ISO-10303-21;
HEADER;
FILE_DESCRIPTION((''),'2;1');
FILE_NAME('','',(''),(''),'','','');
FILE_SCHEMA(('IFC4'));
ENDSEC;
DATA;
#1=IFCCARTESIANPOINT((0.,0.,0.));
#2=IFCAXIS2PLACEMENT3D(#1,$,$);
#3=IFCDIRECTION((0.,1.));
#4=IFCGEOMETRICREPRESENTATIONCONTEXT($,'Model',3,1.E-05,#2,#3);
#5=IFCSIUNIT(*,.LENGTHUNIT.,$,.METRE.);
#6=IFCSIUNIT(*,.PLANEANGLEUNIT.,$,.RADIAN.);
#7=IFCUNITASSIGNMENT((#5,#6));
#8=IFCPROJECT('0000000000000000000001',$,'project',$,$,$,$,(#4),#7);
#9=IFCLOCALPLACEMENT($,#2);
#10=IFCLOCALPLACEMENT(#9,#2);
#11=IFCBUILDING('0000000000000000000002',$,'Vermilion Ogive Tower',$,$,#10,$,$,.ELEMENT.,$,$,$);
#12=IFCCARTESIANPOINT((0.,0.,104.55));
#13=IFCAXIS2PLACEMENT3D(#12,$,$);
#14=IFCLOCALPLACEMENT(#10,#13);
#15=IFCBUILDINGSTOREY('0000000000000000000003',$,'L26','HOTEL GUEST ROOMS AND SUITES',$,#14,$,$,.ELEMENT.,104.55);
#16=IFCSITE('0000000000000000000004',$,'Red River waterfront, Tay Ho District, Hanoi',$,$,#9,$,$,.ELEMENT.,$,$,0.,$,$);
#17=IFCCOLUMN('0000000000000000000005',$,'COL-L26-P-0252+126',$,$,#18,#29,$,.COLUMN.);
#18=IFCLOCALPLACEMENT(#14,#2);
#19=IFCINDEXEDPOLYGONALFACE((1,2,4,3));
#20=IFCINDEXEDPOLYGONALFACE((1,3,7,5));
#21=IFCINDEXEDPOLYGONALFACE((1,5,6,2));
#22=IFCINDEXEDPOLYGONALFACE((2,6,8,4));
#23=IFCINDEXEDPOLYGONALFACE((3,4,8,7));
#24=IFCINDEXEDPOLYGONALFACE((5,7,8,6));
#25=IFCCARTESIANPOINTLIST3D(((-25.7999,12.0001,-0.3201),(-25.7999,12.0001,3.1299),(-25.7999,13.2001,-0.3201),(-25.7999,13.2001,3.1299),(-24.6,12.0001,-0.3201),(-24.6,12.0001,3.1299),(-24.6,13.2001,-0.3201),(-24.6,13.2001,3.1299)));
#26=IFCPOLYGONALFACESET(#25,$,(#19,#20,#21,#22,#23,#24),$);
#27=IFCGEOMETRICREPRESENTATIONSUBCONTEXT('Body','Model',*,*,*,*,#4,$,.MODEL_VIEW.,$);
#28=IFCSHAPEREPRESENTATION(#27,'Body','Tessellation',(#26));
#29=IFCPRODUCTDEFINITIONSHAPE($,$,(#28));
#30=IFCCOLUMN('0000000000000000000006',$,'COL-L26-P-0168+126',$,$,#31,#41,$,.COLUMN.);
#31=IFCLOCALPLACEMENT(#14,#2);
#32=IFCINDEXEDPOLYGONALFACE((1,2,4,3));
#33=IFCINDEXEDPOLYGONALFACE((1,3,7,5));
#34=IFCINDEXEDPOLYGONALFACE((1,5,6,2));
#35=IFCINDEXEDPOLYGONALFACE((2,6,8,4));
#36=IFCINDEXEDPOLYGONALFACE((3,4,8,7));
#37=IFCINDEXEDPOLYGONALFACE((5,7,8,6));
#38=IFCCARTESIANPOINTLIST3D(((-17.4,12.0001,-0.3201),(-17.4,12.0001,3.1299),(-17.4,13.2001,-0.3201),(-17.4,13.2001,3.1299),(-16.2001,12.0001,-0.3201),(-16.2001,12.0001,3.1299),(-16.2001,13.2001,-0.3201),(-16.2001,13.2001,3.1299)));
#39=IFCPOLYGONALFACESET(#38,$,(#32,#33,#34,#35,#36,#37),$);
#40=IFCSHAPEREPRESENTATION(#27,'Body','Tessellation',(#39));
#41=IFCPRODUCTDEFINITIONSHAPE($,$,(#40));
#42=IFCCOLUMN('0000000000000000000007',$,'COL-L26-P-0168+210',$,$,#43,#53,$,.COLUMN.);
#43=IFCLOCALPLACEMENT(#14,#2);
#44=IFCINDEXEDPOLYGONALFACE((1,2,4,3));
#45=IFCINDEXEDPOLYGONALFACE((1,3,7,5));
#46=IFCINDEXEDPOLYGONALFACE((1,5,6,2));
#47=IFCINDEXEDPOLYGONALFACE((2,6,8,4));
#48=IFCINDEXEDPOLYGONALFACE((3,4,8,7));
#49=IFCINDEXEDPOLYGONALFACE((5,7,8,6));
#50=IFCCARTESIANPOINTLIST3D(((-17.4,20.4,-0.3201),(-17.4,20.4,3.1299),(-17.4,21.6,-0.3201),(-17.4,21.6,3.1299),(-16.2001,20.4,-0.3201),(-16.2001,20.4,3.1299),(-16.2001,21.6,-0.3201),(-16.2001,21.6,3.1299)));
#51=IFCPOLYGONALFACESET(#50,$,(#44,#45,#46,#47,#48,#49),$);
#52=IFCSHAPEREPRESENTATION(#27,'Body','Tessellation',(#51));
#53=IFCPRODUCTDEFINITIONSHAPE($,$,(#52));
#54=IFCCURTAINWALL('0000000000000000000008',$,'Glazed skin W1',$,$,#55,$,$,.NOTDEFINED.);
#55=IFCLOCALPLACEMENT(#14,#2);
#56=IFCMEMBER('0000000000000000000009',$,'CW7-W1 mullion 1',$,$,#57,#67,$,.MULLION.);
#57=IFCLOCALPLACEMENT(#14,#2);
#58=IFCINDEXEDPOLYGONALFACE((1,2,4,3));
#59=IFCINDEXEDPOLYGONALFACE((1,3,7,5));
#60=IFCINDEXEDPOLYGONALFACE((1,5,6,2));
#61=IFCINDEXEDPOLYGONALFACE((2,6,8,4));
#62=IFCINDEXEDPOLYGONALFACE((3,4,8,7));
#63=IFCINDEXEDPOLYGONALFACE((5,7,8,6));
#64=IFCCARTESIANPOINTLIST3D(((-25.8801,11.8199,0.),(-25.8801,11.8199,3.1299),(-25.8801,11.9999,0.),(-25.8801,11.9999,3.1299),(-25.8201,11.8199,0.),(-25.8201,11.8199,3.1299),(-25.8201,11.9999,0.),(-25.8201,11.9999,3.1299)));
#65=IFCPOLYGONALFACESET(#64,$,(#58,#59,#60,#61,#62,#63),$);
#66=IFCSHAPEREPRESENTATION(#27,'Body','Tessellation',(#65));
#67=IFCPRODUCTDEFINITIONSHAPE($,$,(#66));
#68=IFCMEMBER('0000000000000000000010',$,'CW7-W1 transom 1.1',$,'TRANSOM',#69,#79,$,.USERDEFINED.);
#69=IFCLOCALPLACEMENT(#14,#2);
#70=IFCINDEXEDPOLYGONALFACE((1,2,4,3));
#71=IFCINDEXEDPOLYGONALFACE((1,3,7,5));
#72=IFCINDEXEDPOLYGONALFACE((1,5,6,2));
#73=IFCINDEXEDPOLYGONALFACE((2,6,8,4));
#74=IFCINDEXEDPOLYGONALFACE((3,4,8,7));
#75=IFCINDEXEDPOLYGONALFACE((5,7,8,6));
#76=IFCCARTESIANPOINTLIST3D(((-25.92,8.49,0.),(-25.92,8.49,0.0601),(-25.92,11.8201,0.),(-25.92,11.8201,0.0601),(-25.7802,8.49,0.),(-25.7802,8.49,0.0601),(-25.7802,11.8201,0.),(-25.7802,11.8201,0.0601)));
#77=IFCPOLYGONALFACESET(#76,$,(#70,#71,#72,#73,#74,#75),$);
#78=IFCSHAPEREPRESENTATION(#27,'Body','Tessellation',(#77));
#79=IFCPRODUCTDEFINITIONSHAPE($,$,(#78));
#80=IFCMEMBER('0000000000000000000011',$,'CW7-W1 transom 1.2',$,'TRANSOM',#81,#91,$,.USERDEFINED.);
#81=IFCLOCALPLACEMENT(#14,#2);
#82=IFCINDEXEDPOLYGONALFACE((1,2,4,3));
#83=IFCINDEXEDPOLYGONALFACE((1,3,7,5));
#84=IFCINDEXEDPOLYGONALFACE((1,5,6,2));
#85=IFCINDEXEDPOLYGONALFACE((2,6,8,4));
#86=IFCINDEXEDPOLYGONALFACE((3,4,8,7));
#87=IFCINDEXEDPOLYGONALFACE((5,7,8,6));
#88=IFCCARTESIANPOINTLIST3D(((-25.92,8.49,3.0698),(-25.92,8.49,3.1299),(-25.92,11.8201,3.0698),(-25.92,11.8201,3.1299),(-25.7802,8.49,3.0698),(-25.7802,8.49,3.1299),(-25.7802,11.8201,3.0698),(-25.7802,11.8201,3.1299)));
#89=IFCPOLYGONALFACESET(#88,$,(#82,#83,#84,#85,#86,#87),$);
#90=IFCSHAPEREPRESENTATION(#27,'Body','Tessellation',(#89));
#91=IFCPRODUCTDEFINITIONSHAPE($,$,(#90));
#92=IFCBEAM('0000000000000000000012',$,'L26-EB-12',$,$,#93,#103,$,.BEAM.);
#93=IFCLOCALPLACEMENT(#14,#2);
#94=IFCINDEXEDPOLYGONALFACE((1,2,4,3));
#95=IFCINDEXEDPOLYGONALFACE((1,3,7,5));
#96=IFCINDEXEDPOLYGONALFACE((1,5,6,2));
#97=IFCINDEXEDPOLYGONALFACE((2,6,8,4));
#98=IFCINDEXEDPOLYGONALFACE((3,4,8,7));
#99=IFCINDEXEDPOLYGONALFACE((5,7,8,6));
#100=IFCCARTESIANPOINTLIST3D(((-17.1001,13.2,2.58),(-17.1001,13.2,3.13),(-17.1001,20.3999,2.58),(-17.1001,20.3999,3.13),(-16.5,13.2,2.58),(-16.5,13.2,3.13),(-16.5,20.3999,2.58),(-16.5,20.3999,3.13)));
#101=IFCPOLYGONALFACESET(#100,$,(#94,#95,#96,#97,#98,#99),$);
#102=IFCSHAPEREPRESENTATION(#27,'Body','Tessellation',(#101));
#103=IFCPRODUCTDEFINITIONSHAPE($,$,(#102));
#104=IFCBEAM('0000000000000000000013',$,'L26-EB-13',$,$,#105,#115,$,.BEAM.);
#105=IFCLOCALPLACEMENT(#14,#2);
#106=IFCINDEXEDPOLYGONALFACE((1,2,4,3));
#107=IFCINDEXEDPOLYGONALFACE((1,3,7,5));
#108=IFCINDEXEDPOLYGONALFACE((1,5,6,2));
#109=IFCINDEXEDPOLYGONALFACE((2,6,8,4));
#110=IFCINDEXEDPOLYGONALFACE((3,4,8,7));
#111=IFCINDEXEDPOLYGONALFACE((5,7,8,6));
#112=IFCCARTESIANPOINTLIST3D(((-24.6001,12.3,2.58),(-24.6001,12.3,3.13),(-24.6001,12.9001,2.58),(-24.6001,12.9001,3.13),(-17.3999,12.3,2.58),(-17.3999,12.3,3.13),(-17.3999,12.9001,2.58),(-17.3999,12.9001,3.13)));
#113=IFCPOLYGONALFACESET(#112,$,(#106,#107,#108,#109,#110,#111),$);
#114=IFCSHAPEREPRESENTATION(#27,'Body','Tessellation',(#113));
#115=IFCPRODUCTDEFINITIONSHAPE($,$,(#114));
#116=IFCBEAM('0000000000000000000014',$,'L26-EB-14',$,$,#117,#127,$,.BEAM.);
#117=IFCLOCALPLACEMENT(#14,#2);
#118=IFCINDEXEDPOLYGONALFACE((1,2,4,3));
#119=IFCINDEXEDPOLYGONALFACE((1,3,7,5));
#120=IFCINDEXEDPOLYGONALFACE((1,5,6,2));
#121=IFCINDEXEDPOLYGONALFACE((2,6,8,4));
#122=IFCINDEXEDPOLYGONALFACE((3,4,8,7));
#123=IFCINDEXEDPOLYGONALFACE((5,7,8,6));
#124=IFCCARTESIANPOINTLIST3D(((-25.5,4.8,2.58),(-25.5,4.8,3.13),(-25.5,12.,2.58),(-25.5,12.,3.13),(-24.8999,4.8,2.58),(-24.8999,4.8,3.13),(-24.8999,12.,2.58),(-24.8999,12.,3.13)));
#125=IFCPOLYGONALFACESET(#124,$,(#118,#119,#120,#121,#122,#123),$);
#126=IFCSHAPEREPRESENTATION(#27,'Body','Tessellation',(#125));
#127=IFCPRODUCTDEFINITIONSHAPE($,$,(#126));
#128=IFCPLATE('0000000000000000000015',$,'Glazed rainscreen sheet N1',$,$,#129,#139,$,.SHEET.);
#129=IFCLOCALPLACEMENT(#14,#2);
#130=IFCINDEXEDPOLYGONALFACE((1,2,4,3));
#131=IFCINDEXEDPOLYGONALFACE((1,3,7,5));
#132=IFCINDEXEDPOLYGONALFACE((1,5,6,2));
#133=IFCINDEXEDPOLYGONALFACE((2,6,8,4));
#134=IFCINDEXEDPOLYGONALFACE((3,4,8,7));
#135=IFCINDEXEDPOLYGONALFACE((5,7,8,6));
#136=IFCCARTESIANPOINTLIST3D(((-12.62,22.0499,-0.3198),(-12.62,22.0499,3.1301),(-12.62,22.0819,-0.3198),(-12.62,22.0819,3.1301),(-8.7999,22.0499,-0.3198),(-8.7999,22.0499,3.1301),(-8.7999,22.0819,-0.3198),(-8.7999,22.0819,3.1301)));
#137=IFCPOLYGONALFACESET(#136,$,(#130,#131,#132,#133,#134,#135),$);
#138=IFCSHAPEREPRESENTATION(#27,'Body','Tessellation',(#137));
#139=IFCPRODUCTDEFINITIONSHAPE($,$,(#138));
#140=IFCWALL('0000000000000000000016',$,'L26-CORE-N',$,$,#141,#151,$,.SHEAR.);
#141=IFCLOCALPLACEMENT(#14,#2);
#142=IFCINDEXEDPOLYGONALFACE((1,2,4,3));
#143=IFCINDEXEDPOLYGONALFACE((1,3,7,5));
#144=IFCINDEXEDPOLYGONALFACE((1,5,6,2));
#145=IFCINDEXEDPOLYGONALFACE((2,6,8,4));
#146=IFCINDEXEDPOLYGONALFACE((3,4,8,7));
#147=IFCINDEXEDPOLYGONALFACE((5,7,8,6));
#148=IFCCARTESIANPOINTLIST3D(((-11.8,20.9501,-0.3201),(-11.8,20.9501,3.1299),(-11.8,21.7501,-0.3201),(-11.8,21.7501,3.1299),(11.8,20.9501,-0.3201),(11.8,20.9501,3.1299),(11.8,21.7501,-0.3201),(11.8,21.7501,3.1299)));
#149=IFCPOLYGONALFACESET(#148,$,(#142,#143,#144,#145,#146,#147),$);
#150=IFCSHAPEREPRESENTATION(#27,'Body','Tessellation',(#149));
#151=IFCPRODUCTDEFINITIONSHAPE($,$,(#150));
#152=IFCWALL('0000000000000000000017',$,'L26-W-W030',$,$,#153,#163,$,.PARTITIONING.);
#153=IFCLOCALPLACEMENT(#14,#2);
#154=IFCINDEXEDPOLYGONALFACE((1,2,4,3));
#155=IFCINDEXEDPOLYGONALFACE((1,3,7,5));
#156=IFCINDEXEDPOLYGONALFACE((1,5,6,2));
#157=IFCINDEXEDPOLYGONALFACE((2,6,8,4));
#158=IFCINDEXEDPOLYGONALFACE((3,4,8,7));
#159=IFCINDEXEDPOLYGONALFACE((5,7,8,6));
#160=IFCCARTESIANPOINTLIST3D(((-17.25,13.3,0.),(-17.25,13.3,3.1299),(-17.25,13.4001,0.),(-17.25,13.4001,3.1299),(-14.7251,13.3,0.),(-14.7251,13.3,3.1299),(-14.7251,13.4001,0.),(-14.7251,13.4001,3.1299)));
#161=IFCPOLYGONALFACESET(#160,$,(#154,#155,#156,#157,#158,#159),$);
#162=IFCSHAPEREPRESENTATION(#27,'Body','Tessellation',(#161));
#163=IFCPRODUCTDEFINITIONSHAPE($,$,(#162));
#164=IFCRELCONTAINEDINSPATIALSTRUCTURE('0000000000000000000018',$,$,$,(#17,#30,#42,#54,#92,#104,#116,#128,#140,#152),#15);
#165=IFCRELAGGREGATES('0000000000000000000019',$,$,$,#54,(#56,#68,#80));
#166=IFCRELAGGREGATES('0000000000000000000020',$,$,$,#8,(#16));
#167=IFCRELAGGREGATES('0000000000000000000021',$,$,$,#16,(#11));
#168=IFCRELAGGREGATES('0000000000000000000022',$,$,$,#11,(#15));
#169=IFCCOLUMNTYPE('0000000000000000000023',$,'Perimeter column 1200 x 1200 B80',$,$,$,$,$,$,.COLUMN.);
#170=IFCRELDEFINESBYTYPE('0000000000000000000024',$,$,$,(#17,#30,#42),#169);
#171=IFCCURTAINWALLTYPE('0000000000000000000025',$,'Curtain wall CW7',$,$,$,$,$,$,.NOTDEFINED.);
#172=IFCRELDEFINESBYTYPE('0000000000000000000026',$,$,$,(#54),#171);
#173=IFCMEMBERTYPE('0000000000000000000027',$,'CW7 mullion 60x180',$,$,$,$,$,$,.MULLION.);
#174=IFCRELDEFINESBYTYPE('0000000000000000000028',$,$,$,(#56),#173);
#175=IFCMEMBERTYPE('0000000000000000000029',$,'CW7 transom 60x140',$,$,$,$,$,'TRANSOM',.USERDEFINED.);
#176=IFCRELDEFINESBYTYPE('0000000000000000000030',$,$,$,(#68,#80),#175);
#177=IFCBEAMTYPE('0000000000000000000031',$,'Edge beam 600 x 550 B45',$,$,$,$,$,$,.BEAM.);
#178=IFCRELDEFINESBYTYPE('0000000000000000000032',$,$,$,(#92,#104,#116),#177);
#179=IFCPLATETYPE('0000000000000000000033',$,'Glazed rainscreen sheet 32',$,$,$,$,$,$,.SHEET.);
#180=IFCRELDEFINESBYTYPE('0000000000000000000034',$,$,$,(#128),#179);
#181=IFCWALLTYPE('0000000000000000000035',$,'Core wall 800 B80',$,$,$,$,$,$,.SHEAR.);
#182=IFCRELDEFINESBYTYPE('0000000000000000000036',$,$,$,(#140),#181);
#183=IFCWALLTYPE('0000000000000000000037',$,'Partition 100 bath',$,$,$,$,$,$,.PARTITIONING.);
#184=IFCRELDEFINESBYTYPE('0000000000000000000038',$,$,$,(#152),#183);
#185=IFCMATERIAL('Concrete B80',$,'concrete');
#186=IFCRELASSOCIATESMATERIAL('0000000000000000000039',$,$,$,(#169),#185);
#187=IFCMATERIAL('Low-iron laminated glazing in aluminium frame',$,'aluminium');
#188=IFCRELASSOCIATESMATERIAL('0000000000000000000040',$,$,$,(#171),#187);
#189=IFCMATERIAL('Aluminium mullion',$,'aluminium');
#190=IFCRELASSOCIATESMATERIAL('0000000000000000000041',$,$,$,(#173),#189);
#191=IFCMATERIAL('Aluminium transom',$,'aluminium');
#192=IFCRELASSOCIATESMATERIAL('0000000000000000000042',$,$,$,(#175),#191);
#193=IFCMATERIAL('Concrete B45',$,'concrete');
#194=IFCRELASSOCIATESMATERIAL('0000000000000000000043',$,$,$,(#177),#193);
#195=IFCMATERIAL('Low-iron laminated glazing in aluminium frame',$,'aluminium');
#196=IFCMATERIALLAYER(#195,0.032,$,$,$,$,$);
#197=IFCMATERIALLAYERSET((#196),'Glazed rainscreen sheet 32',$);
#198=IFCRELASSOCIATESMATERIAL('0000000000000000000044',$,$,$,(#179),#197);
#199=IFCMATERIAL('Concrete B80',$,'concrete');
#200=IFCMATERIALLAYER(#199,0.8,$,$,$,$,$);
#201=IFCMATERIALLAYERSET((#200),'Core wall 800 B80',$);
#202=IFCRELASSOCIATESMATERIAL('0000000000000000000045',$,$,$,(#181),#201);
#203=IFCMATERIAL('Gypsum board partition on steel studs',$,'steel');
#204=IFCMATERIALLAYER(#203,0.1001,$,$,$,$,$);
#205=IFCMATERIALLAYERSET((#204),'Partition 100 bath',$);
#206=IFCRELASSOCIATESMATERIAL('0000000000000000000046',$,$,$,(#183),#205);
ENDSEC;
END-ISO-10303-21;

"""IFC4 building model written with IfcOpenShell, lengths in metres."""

from ifc_helpers import new_model, si_unit, direction, frame, frame_2d, origin, origin_2d, place, context, subcontext, project, spatial, rectangle, extrude, material, layer, layer_set, material_profile, profile_set, type_object, element, aggregate, save


model = new_model("IFC4")

# Units and contexts
model_context = context("Model", 3, precision=1e-05, world=origin(), true_north=direction((0.0, 1.0)))
body_context = subcontext(model_context, "Body", "Model", "MODEL_VIEW")
ifc_project = project(units=[si_unit("LENGTHUNIT", "METRE"), si_unit("PLANEANGLEUNIT", "RADIAN")], contexts=[model_context])

# Site, building, storey
site_placement = place(None, origin())
site = spatial("IfcSite", under=ifc_project, at=site_placement, Name="Red River waterfront, Tay Ho District, Hanoi", CompositionType="ELEMENT", RefElevation=0.0)
building_placement = place(site_placement, origin())
building = spatial("IfcBuilding", under=site, at=building_placement, Name="Vermilion Ogive Tower", CompositionType="ELEMENT")
storey_placement = place(building_placement, frame((0.0, 0.0, 104.55)))
storey = spatial("IfcBuildingStorey", under=building, at=storey_placement, Name="L26", Description="HOTEL GUEST ROOMS AND SUITES", CompositionType="ELEMENT", Elevation=104.55)

# Columns
ifc_material_1 = material(Name="Concrete B80", Category="concrete")
ifc_material_profile_1 = material_profile(ifc_material_1, rectangle(XDim=1.2, YDim=1.2, at=origin_2d()), Name="1200 x 1200")
ifc_profile_set_1 = profile_set([ifc_material_profile_1], Name="Concrete B80")
column_type = type_object("IfcColumnType", Name="Perimeter column 1200 x 1200 B80", PredefinedType="COLUMN", material=ifc_profile_set_1)
for number, where, z_axis, x_axis, name in (
    (1, (-25.2, 12.6001, -0.3201), (0.0, 0.0, 1.0), (1.0, 0.0, 0.0), "COL-L26-P-0252+126"),
    (2, (-16.8, 12.6001, -0.3201), (0.0, 0.0, 1.0), (1.0, 0.0, 0.0), "COL-L26-P-0168+126"),
    (3, (-16.8, 21.0, -0.3201), (0.0, 0.0, 1.0), (1.0, 0.0, 0.0), "COL-L26-P-0168+210"),
):
    element("IfcColumn", number, at=place(storey_placement, frame(where, z_axis=z_axis, x_axis=x_axis)), inside=storey, type_object=column_type, Name=name, PredefinedType="COLUMN", context=body_context, shape_type="SweptSolid", body=[
        extrude(rectangle(XDim=1.2, YDim=1.2, at=origin_2d()), origin(), (0.0, 0.0, 1.0), 3.45),
    ])

# Curtain wall, members
ifc_material_2 = material(Name="Low-iron laminated glazing in aluminium frame", Category="aluminium")
curtain_wall_type = type_object("IfcCurtainWallType", Name="Curtain wall CW7", PredefinedType="NOTDEFINED", material=ifc_material_2)
curtain_wall_placement = place(storey_placement, origin())
curtain_wall = element("IfcCurtainWall", 4, at=curtain_wall_placement, inside=storey, type_object=curtain_wall_type, Name="Glazed skin W1", PredefinedType="NOTDEFINED")
ifc_material_3 = material(Name="Aluminium mullion", Category="aluminium")
ifc_material_profile_2 = material_profile(ifc_material_3, rectangle(XDim=0.0601, YDim=0.1799, at=origin_2d()), Name="AL 60x180")
ifc_profile_set_2 = profile_set([ifc_material_profile_2], Name="Aluminium mullion")
member_type_1 = type_object("IfcMemberType", Name="CW7 mullion 60x180", PredefinedType="MULLION", material=ifc_profile_set_2)
member_1_placement = place(storey_placement, frame((-25.8501, 11.9099, 0.0), z_axis=(0.0, 0.0, 1.0), x_axis=(1.0, 0.0, 0.0)))
member_1 = element("IfcMember", 5, at=member_1_placement, type_object=member_type_1, Name="CW7-W1 mullion 1", PredefinedType="MULLION", context=body_context, shape_type="SweptSolid", body=[
    extrude(rectangle(XDim=0.0601, YDim=0.1799, at=origin_2d()), origin(), (0.0, 0.0, 1.0), 3.1299),
])
ifc_material_4 = material(Name="Aluminium transom", Category="aluminium")
ifc_material_profile_3 = material_profile(ifc_material_4, rectangle(XDim=0.1399, YDim=0.0601, at=origin_2d()), Name="AL 60x140")
ifc_profile_set_3 = profile_set([ifc_material_profile_3], Name="Aluminium transom")
member_type_2 = type_object("IfcMemberType", Name="CW7 transom 60x140", ElementType="TRANSOM", PredefinedType="USERDEFINED", material=ifc_profile_set_3)
member_2_placement = place(storey_placement, frame((-25.8501, 11.8201, 0.03), z_axis=(0.0, -1.0, 0.0), x_axis=(1.0, 0.0, 0.0)))
member_2 = element("IfcMember", 6, at=member_2_placement, type_object=member_type_2, Name="CW7-W1 transom 1.1", ObjectType="TRANSOM", PredefinedType="USERDEFINED", context=body_context, shape_type="SweptSolid", body=[
    extrude(rectangle(XDim=0.1399, YDim=0.0601, at=origin_2d()), origin(), (0.0, 0.0, 1.0), 3.3301),
])
member_3_placement = place(storey_placement, frame((-25.8501, 11.8201, 3.0999), z_axis=(0.0, -1.0, 0.0), x_axis=(1.0, 0.0, 0.0)))
member_3 = element("IfcMember", 7, at=member_3_placement, type_object=member_type_2, Name="CW7-W1 transom 1.2", ObjectType="TRANSOM", PredefinedType="USERDEFINED", context=body_context, shape_type="SweptSolid", body=[
    extrude(rectangle(XDim=0.1399, YDim=0.0601, at=origin_2d()), origin(), (0.0, 0.0, 1.0), 3.3301),
])
aggregate(curtain_wall, [member_1, member_2, member_3])

# Beams
ifc_material_5 = material(Name="Concrete B45", Category="concrete")
ifc_material_profile_4 = material_profile(ifc_material_5, rectangle(XDim=0.6001, YDim=0.55, at=origin_2d()), Name="600 x 550")
ifc_profile_set_4 = profile_set([ifc_material_profile_4], Name="Concrete B45")
beam_type = type_object("IfcBeamType", Name="Edge beam 600 x 550 B45", PredefinedType="BEAM", material=ifc_profile_set_4)
beam_1_placement = place(storey_placement, frame((-16.8, 20.3999, 2.855), z_axis=(0.0, -1.0, 0.0), x_axis=(1.0, 0.0, 0.0)))
element("IfcBeam", 8, at=beam_1_placement, inside=storey, type_object=beam_type, Name="L26-EB-12", PredefinedType="BEAM", context=body_context, shape_type="SweptSolid", body=[
    extrude(rectangle(XDim=0.6001, YDim=0.55, at=origin_2d()), origin(), (0.0, 0.0, 1.0), 7.2),
])
beam_2_placement = place(storey_placement, frame((-17.3999, 12.6001, 2.855), z_axis=(-1.0, 0.0, 0.0), x_axis=(0.0, -1.0, 0.0)))
element("IfcBeam", 9, at=beam_2_placement, inside=storey, type_object=beam_type, Name="L26-EB-13", PredefinedType="BEAM", context=body_context, shape_type="SweptSolid", body=[
    extrude(rectangle(XDim=0.6001, YDim=0.55, at=origin_2d()), origin(), (0.0, 0.0, 1.0), 7.2002),
])
beam_3_placement = place(storey_placement, frame((-25.2, 12.0, 2.855), z_axis=(0.0, -1.0, 0.0), x_axis=(1.0, 0.0, 0.0)))
element("IfcBeam", 10, at=beam_3_placement, inside=storey, type_object=beam_type, Name="L26-EB-14", PredefinedType="BEAM", context=body_context, shape_type="SweptSolid", body=[
    extrude(rectangle(XDim=0.6001, YDim=0.55, at=origin_2d()), origin(), (0.0, 0.0, 1.0), 7.2),
])

# Plate
ifc_material_6 = material(Name="Low-iron laminated glazing in aluminium frame", Category="aluminium")
ifc_layer_1 = layer(ifc_material_6, 0.032)
ifc_layer_set_1 = layer_set([ifc_layer_1], Name="Glazed rainscreen sheet 32")
plate_type = type_object("IfcPlateType", Name="Glazed rainscreen sheet 32", PredefinedType="SHEET", material=ifc_layer_set_1)
plate_placement = place(storey_placement, frame((-10.71, 22.0659, -0.3198), z_axis=(0.0, 0.0, 1.0), x_axis=(1.0, 0.0, 0.0)))
element("IfcPlate", 11, at=plate_placement, inside=storey, type_object=plate_type, Name="Glazed rainscreen sheet N1", PredefinedType="SHEET", context=body_context, shape_type="SweptSolid", body=[
    extrude(rectangle(XDim=3.8201, YDim=0.032, at=origin_2d()), origin(), (0.0, 0.0, 1.0), 3.45),
])

# Walls
ifc_material_7 = material(Name="Concrete B80", Category="concrete")
ifc_layer_2 = layer(ifc_material_7, 0.8)
ifc_layer_set_2 = layer_set([ifc_layer_2], Name="Core wall 800 B80")
wall_type_1 = type_object("IfcWallType", Name="Core wall 800 B80", PredefinedType="SHEAR", material=ifc_layer_set_2)
wall_1_placement = place(storey_placement, frame((-11.8, 21.3501, -0.3201), z_axis=(0.0, 0.0, 1.0), x_axis=(1.0, 0.0, 0.0)))
element("IfcWall", 12, at=wall_1_placement, inside=storey, type_object=wall_type_1, Name="L26-CORE-N", PredefinedType="SHEAR", context=body_context, shape_type="SweptSolid", body=[
    extrude(rectangle(XDim=23.6001, YDim=0.8, at=frame_2d((11.8, 0.0))), origin(), (0.0, 0.0, 1.0), 3.45),
])
ifc_material_8 = material(Name="Gypsum board partition on steel studs", Category="steel")
ifc_layer_3 = layer(ifc_material_8, 0.1001)
ifc_layer_set_3 = layer_set([ifc_layer_3], Name="Partition 100 bath")
wall_type_2 = type_object("IfcWallType", Name="Partition 100 bath", PredefinedType="PARTITIONING", material=ifc_layer_set_3)
wall_2_placement = place(storey_placement, frame((-17.25, 13.3501, 0.0), z_axis=(0.0, 0.0, 1.0), x_axis=(1.0, 0.0, 0.0)))
element("IfcWall", 13, at=wall_2_placement, inside=storey, type_object=wall_type_2, Name="L26-W-W030", PredefinedType="PARTITIONING", context=body_context, shape_type="SweptSolid", body=[
    extrude(rectangle(XDim=2.5249, YDim=0.1001, at=frame_2d((1.2625, 0.0))), origin(), (0.0, 0.0, 1.0), 3.1299),
])

save(model, "model.ifc")
